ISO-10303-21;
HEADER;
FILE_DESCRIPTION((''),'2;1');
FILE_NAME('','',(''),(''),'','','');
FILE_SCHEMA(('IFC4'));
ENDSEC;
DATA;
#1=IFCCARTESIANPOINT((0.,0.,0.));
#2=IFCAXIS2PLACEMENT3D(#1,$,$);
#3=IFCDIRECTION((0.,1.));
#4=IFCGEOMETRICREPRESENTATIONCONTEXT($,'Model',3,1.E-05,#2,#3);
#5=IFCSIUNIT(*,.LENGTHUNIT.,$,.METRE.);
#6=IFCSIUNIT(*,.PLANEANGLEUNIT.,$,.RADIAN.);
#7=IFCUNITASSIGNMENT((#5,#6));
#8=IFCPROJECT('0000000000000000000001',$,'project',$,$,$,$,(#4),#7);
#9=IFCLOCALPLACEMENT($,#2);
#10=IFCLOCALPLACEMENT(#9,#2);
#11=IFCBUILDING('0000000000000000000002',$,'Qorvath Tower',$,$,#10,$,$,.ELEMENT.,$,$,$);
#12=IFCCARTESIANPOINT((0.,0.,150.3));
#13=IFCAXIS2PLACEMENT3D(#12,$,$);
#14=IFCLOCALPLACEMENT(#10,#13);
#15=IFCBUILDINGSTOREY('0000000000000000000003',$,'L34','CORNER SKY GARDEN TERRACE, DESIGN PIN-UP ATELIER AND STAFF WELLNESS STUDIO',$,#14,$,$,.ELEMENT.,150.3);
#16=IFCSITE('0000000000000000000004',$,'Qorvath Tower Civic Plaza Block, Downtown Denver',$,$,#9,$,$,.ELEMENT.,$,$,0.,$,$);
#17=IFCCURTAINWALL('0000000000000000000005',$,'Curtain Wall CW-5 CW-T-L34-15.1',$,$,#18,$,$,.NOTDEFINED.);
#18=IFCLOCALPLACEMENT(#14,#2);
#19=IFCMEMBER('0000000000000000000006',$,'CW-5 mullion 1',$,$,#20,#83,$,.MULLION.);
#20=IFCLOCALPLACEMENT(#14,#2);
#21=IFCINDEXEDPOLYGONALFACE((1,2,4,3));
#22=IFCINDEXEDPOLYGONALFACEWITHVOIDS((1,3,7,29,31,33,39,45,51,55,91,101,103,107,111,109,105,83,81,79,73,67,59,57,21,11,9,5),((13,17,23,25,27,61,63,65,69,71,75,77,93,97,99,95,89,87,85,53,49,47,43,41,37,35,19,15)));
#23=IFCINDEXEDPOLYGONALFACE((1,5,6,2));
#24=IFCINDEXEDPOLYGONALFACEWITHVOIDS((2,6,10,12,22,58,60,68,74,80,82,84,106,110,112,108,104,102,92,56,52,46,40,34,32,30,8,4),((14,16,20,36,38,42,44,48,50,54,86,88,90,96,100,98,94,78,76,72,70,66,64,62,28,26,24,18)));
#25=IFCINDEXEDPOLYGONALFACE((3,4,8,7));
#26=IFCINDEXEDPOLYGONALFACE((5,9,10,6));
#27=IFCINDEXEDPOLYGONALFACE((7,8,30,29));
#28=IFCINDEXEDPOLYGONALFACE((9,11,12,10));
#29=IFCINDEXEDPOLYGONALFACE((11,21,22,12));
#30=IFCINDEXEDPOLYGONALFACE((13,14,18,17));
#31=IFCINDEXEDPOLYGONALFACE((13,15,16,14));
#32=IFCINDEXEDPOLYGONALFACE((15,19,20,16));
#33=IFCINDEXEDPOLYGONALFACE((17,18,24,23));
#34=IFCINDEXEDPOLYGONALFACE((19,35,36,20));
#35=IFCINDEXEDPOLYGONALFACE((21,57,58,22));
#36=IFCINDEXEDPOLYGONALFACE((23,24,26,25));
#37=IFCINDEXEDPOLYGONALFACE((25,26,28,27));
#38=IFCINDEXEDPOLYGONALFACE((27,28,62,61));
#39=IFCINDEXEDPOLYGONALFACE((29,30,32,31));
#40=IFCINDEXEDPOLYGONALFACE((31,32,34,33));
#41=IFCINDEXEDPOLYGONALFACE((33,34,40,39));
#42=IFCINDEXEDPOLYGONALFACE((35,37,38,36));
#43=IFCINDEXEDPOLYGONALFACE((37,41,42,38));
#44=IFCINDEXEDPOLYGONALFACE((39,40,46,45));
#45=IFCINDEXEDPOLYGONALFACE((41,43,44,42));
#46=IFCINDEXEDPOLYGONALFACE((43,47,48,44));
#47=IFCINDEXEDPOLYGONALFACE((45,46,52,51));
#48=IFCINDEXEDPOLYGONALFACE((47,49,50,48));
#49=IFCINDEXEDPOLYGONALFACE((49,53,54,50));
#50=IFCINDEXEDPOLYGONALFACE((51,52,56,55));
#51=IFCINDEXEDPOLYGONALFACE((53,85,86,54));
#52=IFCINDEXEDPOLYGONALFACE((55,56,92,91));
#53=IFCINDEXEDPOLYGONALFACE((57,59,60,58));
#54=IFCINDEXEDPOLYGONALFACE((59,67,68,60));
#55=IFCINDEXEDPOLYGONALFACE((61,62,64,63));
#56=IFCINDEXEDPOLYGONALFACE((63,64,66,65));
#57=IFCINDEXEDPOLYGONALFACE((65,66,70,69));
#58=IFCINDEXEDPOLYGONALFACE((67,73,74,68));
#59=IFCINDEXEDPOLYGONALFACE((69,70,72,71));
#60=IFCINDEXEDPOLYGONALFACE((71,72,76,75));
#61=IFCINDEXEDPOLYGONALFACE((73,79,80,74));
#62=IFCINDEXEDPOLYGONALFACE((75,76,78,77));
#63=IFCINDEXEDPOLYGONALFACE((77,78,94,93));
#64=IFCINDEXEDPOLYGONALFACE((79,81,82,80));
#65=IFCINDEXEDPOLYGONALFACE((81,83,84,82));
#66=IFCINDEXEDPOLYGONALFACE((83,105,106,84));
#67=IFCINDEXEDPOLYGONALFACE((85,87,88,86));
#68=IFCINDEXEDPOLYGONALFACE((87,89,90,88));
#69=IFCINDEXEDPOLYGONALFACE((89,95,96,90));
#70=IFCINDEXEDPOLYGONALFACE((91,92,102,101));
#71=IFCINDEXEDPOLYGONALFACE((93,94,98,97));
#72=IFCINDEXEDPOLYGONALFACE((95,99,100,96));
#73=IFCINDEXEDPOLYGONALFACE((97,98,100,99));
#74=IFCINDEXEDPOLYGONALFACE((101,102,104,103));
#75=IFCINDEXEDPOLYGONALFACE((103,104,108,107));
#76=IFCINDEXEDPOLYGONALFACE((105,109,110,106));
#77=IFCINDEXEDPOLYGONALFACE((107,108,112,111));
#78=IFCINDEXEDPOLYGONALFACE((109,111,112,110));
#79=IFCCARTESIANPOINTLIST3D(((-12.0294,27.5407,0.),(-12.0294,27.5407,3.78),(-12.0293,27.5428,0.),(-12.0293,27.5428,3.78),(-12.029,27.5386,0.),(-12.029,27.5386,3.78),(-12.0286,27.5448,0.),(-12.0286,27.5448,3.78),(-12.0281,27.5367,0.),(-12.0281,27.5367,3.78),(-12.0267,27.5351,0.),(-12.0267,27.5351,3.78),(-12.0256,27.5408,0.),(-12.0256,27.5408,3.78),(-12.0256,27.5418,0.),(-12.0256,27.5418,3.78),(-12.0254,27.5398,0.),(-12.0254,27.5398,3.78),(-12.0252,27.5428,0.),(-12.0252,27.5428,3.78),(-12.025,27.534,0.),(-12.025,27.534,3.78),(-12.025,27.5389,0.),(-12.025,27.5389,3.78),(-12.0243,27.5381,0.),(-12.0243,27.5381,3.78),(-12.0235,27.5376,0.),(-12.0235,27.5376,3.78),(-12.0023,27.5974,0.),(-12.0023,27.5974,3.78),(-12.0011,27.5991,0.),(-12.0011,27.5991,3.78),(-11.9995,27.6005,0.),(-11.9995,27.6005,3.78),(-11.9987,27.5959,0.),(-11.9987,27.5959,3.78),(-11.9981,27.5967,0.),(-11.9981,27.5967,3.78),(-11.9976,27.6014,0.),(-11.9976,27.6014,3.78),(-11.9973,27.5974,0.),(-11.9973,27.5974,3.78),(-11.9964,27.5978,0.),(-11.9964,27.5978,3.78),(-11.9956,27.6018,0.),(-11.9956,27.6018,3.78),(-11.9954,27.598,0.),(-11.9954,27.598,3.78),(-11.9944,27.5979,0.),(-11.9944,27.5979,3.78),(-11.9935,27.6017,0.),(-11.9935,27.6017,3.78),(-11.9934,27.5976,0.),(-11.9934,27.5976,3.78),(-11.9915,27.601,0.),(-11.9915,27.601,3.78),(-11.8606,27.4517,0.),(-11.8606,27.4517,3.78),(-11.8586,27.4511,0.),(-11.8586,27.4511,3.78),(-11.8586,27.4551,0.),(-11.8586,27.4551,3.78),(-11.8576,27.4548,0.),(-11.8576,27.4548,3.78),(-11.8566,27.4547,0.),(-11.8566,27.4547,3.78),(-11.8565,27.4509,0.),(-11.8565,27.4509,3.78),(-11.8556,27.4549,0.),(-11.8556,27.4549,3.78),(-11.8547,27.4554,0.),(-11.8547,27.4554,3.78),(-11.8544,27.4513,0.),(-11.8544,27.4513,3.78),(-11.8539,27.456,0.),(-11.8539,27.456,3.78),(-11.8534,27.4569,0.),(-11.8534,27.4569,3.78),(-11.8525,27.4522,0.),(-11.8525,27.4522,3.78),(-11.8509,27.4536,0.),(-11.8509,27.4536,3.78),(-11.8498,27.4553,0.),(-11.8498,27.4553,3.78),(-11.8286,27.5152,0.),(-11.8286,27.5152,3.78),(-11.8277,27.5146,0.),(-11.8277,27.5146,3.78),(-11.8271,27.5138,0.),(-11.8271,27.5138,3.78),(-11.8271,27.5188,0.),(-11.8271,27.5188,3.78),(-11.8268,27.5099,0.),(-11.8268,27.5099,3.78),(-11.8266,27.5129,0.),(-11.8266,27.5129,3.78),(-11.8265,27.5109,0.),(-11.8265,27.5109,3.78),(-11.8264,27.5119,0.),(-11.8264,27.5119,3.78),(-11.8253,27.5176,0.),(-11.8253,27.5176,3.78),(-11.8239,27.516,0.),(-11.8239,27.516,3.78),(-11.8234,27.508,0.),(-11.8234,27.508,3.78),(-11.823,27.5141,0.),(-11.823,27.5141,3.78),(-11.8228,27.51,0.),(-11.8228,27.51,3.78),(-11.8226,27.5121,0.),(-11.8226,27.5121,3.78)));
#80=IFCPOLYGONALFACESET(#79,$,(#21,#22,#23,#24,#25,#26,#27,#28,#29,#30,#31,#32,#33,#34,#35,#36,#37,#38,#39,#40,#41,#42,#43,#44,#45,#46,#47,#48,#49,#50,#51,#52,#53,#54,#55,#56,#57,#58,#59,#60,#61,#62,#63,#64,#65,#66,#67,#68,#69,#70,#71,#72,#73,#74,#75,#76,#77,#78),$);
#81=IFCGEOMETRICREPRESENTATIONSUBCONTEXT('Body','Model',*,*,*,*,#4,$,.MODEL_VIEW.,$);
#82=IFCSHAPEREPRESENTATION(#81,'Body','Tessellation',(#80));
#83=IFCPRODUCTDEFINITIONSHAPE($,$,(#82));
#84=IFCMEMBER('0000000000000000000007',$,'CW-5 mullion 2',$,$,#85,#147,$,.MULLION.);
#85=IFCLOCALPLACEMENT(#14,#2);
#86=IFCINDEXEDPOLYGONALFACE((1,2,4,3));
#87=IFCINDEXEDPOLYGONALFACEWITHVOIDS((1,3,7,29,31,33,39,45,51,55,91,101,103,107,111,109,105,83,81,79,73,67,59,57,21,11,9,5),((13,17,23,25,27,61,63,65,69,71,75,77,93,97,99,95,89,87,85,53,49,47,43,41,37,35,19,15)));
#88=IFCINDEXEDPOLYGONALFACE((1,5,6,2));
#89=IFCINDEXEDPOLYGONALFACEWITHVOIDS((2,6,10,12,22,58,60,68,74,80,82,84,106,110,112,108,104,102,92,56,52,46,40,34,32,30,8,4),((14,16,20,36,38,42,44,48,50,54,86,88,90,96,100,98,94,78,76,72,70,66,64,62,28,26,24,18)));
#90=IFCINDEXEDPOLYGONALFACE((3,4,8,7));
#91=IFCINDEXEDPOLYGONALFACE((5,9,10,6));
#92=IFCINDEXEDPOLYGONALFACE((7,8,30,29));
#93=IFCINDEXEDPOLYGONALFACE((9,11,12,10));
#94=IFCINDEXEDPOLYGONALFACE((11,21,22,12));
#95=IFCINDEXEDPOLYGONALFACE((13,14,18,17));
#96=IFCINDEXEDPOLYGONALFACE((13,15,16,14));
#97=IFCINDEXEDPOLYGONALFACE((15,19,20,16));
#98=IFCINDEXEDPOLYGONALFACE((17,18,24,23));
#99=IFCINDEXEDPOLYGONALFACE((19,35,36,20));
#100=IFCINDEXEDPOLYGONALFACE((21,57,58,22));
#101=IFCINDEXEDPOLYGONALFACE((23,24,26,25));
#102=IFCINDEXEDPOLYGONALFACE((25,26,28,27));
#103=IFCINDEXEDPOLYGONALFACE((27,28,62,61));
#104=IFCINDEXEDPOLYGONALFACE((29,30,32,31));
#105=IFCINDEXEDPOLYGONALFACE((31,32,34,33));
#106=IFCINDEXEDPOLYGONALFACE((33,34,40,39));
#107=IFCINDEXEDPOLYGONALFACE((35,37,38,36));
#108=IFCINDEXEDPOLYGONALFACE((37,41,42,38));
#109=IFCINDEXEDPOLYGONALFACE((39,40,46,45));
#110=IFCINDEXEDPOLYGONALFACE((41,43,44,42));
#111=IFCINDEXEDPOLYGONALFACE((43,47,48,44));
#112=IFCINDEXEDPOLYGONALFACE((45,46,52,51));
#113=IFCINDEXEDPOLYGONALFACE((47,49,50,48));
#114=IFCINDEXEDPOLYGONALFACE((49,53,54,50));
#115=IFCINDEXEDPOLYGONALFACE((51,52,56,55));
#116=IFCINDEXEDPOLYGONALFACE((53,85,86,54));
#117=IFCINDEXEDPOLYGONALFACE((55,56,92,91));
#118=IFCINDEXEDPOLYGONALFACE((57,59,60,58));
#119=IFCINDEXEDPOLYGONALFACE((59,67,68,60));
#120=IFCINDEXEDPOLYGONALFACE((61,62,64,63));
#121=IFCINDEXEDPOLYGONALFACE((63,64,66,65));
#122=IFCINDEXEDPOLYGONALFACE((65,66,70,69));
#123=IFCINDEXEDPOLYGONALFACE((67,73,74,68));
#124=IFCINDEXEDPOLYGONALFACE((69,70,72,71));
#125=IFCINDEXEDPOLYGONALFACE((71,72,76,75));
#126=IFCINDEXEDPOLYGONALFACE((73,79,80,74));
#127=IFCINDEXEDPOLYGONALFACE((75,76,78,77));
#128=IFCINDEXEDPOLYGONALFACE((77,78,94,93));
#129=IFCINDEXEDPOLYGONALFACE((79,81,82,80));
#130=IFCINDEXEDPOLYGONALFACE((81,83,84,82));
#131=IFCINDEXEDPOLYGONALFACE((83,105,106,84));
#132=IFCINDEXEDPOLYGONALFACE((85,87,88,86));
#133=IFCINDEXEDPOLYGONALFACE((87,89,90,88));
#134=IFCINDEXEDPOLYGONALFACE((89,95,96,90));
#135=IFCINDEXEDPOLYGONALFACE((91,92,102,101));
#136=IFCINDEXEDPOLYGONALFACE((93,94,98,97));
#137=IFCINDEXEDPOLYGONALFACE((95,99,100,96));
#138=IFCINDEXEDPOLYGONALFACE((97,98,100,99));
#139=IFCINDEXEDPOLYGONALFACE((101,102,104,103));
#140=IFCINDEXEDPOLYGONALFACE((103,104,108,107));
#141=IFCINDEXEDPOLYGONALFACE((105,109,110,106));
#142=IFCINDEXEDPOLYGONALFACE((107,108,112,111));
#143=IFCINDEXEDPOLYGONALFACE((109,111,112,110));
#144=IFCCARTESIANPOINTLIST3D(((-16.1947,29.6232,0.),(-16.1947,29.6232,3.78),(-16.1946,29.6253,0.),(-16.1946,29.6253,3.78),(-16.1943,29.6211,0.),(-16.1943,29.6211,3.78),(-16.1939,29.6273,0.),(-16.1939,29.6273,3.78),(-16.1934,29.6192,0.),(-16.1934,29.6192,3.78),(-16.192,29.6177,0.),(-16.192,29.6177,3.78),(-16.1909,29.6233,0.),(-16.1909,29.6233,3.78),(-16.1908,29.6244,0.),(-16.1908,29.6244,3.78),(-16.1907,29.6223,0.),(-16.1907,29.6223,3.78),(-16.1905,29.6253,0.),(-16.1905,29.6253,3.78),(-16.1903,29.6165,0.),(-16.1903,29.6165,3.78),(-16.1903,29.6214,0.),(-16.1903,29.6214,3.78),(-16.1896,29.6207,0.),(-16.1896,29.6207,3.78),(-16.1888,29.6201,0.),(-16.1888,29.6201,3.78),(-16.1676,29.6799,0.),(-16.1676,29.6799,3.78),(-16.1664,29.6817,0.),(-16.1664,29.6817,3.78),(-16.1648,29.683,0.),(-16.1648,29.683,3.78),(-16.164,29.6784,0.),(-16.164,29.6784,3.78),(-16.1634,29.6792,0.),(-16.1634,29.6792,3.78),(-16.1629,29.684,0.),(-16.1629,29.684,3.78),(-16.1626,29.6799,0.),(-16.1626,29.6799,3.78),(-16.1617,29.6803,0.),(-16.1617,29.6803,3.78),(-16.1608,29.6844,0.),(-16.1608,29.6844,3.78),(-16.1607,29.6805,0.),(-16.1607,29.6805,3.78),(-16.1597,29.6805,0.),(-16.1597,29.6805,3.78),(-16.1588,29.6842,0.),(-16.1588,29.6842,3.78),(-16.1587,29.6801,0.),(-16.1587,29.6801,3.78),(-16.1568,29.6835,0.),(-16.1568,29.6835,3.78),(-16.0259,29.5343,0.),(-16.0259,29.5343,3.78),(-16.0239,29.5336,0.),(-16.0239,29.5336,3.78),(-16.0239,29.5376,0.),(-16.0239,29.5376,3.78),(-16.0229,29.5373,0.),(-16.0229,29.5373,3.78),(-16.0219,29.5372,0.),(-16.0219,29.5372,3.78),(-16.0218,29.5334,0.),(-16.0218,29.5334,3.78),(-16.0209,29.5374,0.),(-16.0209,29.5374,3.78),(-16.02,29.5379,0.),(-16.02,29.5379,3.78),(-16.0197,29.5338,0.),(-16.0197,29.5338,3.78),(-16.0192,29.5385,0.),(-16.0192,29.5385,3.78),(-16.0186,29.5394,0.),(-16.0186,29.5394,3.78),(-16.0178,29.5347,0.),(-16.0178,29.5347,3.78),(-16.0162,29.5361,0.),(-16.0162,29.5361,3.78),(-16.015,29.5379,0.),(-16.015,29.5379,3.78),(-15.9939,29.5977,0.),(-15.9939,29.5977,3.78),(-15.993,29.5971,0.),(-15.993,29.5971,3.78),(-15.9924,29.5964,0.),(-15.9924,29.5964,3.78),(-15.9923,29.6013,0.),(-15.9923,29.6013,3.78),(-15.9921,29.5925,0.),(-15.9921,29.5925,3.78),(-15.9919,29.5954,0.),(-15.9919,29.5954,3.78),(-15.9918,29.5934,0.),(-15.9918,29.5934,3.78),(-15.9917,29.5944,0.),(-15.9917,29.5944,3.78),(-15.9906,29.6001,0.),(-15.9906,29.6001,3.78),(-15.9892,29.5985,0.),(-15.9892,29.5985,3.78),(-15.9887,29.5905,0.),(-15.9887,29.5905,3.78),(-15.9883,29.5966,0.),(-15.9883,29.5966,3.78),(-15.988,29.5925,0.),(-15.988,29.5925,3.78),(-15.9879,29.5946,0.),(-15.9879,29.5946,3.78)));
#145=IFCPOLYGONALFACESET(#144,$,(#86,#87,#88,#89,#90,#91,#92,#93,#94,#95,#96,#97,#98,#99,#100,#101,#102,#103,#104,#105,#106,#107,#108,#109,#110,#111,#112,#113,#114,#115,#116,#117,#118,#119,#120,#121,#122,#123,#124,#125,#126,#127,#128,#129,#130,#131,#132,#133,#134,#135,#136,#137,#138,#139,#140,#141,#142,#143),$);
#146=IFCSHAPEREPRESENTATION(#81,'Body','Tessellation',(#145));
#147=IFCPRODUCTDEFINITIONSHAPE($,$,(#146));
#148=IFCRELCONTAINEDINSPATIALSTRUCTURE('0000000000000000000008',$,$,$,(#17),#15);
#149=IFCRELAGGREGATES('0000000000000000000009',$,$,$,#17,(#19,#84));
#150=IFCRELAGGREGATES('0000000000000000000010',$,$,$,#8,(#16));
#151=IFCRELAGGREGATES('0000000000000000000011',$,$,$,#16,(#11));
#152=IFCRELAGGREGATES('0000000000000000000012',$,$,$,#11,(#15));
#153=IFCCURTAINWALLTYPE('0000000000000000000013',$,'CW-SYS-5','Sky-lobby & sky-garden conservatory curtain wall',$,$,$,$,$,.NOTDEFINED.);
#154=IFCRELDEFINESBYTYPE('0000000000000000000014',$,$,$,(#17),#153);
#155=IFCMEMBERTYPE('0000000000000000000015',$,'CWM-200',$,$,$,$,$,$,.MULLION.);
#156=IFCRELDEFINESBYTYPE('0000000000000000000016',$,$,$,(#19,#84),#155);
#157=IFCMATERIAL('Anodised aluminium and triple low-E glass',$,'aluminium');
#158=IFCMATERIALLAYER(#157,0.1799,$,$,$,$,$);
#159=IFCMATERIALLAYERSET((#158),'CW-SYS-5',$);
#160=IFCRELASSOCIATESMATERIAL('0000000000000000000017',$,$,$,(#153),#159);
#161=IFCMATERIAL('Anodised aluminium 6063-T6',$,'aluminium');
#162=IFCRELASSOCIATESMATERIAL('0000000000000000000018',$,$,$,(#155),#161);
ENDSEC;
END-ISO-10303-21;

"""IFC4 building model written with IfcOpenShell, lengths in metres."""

from ifc_helpers import new_model, si_unit, direction, frame, origin, origin_2d, place, context, subcontext, project, spatial, hollow_rectangle, extrude, material, layer, layer_set, material_profile, profile_set, type_object, element, aggregate, save


model = new_model("IFC4")

# Units and contexts
model_context = context("Model", 3, precision=1e-05, world=origin(), true_north=direction((0.0, 1.0)))
body_context = subcontext(model_context, "Body", "Model", "MODEL_VIEW")
ifc_project = project(units=[si_unit("LENGTHUNIT", "METRE"), si_unit("PLANEANGLEUNIT", "RADIAN")], contexts=[model_context])

# Site, building, storey
site_placement = place(None, origin())
site = spatial("IfcSite", under=ifc_project, at=site_placement, Name="Qorvath Tower Civic Plaza Block, Downtown Denver", CompositionType="ELEMENT", RefElevation=0.0)
building_placement = place(site_placement, origin())
building = spatial("IfcBuilding", under=site, at=building_placement, Name="Qorvath Tower", CompositionType="ELEMENT")
storey_placement = place(building_placement, frame((0.0, 0.0, 150.3)))
storey = spatial("IfcBuildingStorey", under=building, at=storey_placement, Name="L34", Description="CORNER SKY GARDEN TERRACE, DESIGN PIN-UP ATELIER AND STAFF WELLNESS STUDIO", CompositionType="ELEMENT", Elevation=150.3)

# Shared definitions
ifc_material_1 = material(Name="Anodised aluminium and triple low-E glass", Category="aluminium")
ifc_layer_1 = layer(ifc_material_1, 0.1799)
ifc_layer_set_1 = layer_set([ifc_layer_1], Name="CW-SYS-5")
curtain_wall_type = type_object("IfcCurtainWallType", Name="CW-SYS-5", Description="Sky-lobby & sky-garden conservatory curtain wall", PredefinedType="NOTDEFINED", material=ifc_layer_set_1)
ifc_material_2 = material(Name="Anodised aluminium 6063-T6", Category="aluminium")
ifc_material_profile_1 = material_profile(ifc_material_2, hollow_rectangle(XDim=0.075, YDim=0.2, WallThickness=0.0039, InnerFilletRadius=0.0039, OuterFilletRadius=0.0081, at=origin_2d()), Name="CWM 200x75")
ifc_profile_set_1 = profile_set([ifc_material_profile_1], Name="Anodised aluminium 6063-T6")
member_type_1 = type_object("IfcMemberType", Name="CWM-200", PredefinedType="MULLION", material=ifc_profile_set_1)

# Curtain wall, members
curtain_wall_1_placement = place(storey_placement, origin())
curtain_wall_1 = element("IfcCurtainWall", 1, at=curtain_wall_1_placement, inside=storey, type_object=curtain_wall_type, Name="Curtain Wall CW-5 CW-T-L34-15.1", PredefinedType="NOTDEFINED")
member_1_placement = place(storey_placement, frame((-11.926, 27.5264, 0.0), z_axis=(0.0, 0.0, 1.0), x_axis=(-0.447231, -0.894419, 0.0)))
member_1 = element("IfcMember", 2, at=member_1_placement, type_object=member_type_1, Name="CW-5 mullion 1", PredefinedType="MULLION", context=body_context, shape_type="SweptSolid", body=[
    extrude(hollow_rectangle(XDim=0.075, YDim=0.2, WallThickness=0.0039, InnerFilletRadius=0.0039, OuterFilletRadius=0.0081, at=origin_2d()), origin(), (0.0, 0.0, 1.0), 3.78),
])
member_2_placement = place(storey_placement, frame((-16.0913, 29.6089, 0.0), z_axis=(0.0, 0.0, 1.0), x_axis=(-0.447231, -0.894419, 0.0)))
member_2 = element("IfcMember", 3, at=member_2_placement, type_object=member_type_1, Name="CW-5 mullion 2", PredefinedType="MULLION", context=body_context, shape_type="SweptSolid", body=[
    extrude(hollow_rectangle(XDim=0.075, YDim=0.2, WallThickness=0.0039, InnerFilletRadius=0.0039, OuterFilletRadius=0.0081, at=origin_2d()), origin(), (0.0, 0.0, 1.0), 3.78),
])

aggregate(curtain_wall_1, [member_1, member_2])

save(model, "model.ifc")
